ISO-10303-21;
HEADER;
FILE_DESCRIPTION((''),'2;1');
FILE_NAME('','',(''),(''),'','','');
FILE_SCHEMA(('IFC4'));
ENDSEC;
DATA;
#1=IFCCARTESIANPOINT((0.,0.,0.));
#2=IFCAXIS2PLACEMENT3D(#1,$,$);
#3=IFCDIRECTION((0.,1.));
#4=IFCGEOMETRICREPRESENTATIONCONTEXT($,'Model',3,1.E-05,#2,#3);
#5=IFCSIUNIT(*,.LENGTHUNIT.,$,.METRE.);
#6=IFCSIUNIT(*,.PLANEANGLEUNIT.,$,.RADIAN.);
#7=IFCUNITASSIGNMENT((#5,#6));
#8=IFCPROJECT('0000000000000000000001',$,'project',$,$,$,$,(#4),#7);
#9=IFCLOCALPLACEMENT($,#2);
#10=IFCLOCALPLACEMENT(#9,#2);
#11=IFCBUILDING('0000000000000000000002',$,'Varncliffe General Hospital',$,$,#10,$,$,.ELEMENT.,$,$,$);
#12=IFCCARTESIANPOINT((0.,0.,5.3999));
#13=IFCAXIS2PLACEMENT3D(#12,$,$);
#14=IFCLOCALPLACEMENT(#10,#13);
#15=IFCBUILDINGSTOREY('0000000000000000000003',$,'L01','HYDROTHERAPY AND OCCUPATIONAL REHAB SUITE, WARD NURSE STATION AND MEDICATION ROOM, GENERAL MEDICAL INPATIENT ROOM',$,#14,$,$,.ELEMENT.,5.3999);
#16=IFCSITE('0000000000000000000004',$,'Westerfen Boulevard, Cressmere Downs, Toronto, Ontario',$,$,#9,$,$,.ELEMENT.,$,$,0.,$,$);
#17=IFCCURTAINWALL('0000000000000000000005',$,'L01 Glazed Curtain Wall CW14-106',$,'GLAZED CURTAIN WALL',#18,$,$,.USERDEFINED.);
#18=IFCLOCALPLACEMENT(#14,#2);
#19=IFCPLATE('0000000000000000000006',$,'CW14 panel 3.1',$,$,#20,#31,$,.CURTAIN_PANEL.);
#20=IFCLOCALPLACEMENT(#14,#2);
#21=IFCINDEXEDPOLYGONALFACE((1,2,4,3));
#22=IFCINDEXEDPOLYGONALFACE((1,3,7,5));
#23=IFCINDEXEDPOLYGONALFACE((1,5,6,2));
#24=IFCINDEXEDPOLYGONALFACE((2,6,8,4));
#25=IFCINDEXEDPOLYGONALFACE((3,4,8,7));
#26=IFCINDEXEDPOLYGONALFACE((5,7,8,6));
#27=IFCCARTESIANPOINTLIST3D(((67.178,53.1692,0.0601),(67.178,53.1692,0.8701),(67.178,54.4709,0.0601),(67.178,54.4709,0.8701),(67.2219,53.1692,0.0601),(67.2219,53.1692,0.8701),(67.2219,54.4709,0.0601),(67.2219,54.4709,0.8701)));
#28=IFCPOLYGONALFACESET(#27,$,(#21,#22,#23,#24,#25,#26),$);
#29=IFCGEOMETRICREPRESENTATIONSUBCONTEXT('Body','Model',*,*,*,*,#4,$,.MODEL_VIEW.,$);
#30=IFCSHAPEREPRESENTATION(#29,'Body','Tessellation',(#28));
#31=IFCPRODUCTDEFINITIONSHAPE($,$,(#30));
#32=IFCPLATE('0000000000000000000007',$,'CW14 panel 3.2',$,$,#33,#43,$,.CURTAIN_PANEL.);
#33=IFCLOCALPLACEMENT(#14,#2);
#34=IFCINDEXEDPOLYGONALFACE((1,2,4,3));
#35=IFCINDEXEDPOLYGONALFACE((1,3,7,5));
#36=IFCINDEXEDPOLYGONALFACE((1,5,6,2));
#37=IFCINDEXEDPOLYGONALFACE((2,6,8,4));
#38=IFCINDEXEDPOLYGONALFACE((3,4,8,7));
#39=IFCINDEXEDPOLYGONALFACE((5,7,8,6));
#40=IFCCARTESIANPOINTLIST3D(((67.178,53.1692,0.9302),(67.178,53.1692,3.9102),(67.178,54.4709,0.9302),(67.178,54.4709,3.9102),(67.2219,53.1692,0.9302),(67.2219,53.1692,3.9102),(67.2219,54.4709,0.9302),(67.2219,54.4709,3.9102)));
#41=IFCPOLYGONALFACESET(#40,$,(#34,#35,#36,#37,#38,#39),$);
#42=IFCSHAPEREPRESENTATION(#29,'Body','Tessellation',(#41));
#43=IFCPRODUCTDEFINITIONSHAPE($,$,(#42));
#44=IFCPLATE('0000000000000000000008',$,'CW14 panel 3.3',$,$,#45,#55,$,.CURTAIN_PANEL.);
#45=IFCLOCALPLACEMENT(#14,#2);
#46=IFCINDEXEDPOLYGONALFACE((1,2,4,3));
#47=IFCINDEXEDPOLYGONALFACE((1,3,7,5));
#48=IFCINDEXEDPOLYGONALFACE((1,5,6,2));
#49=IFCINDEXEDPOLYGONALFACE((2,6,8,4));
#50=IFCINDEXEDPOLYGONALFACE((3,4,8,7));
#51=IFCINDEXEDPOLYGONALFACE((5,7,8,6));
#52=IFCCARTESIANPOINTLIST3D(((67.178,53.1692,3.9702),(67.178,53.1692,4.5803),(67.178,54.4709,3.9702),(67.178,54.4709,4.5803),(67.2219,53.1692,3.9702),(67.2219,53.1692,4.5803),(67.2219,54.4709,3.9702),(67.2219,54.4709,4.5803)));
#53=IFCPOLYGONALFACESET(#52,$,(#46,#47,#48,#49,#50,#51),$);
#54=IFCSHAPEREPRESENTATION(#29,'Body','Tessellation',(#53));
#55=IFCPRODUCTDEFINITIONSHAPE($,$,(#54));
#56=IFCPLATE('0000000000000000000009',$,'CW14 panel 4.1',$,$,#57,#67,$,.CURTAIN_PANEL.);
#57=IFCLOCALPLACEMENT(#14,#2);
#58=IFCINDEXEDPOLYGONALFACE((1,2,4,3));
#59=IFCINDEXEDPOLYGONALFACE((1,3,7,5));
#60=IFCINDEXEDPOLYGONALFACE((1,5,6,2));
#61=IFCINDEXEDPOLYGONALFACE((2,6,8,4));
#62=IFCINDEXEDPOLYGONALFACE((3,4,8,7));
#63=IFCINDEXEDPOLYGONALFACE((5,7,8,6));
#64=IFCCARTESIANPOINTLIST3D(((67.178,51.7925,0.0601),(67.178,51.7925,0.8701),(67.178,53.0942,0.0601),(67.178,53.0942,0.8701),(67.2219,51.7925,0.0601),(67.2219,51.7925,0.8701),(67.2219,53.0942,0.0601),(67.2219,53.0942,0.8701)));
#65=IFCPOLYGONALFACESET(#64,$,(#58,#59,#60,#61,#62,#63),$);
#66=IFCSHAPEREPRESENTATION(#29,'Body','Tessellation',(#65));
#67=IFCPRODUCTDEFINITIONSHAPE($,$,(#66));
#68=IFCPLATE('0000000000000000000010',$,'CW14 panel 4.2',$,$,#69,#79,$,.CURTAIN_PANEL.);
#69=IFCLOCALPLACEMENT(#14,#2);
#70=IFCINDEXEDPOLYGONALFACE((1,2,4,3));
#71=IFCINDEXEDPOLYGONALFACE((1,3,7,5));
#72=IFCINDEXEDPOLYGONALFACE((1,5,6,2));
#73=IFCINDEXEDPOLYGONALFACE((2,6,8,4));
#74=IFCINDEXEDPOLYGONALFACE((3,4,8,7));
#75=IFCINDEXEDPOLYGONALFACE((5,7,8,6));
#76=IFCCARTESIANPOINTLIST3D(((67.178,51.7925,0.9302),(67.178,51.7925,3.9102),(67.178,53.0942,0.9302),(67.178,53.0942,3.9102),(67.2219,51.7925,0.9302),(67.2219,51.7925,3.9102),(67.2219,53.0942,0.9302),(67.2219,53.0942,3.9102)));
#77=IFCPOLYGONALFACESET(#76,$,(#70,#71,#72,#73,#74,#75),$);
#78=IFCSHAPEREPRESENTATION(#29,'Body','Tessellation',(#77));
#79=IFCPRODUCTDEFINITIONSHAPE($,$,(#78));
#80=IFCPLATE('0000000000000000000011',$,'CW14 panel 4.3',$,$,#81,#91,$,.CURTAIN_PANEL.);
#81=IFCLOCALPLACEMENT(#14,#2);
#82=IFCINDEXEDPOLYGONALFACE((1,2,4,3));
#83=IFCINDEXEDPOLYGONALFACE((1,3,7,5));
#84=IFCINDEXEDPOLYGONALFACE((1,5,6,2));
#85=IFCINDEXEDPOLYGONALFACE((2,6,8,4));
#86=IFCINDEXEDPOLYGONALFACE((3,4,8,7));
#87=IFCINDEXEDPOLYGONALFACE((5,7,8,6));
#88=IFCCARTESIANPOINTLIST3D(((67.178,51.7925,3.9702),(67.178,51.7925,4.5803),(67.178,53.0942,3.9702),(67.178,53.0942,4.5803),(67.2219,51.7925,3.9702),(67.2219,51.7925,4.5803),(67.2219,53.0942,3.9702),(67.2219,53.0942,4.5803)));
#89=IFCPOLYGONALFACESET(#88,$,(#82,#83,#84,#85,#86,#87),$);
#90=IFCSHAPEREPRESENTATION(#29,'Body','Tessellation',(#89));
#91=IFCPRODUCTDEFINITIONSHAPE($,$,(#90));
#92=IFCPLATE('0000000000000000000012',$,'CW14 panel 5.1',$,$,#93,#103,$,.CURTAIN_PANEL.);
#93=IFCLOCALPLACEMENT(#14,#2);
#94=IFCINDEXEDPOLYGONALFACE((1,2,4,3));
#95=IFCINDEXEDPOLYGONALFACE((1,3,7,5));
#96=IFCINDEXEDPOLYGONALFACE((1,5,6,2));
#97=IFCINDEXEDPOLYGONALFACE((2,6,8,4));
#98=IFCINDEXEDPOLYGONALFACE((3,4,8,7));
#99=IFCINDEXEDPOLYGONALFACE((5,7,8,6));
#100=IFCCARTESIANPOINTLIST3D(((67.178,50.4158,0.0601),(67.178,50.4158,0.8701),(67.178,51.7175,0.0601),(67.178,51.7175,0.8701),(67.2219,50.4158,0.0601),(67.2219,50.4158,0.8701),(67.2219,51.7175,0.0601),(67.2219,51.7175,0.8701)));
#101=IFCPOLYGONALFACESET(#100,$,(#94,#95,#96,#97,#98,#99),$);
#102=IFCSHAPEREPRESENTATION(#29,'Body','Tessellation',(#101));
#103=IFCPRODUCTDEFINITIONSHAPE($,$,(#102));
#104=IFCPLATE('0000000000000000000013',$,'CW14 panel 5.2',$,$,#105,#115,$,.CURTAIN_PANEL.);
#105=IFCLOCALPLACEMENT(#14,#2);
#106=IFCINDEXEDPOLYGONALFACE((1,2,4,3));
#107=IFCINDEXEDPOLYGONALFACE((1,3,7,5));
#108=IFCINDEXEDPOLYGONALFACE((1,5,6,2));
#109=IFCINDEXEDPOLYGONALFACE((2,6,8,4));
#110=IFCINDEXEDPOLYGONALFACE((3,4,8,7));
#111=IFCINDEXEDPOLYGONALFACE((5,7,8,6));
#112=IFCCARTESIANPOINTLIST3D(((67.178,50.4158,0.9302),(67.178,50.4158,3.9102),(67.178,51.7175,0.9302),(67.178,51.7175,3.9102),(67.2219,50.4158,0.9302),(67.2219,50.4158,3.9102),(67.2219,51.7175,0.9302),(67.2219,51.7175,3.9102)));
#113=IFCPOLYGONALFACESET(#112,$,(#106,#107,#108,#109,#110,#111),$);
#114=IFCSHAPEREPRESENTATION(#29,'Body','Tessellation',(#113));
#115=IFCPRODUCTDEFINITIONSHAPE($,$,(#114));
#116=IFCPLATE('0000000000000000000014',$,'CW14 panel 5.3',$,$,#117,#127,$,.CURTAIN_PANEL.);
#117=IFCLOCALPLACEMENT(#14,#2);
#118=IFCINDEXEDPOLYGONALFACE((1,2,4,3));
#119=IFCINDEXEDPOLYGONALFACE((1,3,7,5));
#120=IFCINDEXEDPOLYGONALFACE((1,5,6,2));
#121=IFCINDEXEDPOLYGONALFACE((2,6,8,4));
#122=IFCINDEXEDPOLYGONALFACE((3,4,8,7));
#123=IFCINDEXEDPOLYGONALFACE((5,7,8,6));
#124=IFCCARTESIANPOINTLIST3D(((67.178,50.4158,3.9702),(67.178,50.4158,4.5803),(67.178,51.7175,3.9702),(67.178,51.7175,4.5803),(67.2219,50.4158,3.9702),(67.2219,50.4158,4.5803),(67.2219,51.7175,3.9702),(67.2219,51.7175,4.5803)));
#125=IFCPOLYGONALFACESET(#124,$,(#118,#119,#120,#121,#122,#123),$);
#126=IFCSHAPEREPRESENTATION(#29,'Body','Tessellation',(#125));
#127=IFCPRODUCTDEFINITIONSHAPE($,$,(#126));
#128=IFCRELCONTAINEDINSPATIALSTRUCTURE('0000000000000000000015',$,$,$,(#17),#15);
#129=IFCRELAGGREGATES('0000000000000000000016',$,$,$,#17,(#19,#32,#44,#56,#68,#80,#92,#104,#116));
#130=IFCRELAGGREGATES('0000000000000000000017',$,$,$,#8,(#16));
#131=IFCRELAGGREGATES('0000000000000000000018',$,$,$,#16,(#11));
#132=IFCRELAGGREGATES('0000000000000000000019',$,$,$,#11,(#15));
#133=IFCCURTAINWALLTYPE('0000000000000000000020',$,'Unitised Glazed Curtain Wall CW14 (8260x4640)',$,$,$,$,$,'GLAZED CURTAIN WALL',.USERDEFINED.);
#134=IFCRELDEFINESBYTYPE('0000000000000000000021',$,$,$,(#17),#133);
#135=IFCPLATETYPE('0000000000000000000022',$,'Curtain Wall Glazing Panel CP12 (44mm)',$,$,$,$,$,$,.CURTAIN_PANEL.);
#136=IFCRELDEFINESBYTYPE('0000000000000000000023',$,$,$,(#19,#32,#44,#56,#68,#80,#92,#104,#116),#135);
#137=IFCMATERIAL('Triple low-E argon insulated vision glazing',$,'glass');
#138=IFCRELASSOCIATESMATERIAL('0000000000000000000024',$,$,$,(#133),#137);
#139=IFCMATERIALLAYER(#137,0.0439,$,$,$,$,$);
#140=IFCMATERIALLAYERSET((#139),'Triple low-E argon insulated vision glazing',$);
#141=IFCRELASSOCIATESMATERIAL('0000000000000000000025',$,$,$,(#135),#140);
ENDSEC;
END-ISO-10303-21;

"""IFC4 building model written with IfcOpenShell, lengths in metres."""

from ifc_helpers import new_model, si_unit, direction, frame, origin, origin_2d, place, context, subcontext, project, spatial, rectangle, extrude, material, layer, layer_set, type_object, element, aggregate, save


model = new_model("IFC4")

# Units and contexts
model_context = context("Model", 3, precision=1e-05, world=origin(), true_north=direction((0.0, 1.0)))
body_context = subcontext(model_context, "Body", "Model", "MODEL_VIEW")
ifc_project = project(units=[si_unit("LENGTHUNIT", "METRE"), si_unit("PLANEANGLEUNIT", "RADIAN")], contexts=[model_context])

# Site, building, storey
site_placement = place(None, origin())
site = spatial("IfcSite", under=ifc_project, at=site_placement, Name="Westerfen Boulevard, Cressmere Downs, Toronto, Ontario", CompositionType="ELEMENT", RefElevation=0.0)
building_placement = place(site_placement, origin())
building = spatial("IfcBuilding", under=site, at=building_placement, Name="Varncliffe General Hospital", CompositionType="ELEMENT")
storey_placement = place(building_placement, frame((0.0, 0.0, 5.3999)))
storey = spatial("IfcBuildingStorey", under=building, at=storey_placement, Name="L01", Description="HYDROTHERAPY AND OCCUPATIONAL REHAB SUITE, WARD NURSE STATION AND MEDICATION ROOM, GENERAL MEDICAL INPATIENT ROOM", CompositionType="ELEMENT", Elevation=5.3999)

# Curtain wall, plates
ifc_material_1 = material(Name="Triple low-E argon insulated vision glazing", Category="glass")
curtain_wall_type = type_object("IfcCurtainWallType", Name="Unitised Glazed Curtain Wall CW14 (8260x4640)", ElementType="GLAZED CURTAIN WALL", PredefinedType="USERDEFINED", material=ifc_material_1)
curtain_wall_placement = place(storey_placement, origin())
curtain_wall = element("IfcCurtainWall", 1, at=curtain_wall_placement, inside=storey, type_object=curtain_wall_type, Name="L01 Glazed Curtain Wall CW14-106", ObjectType="GLAZED CURTAIN WALL", PredefinedType="USERDEFINED")
ifc_layer = layer(ifc_material_1, 0.0439)
ifc_layer_set = layer_set([ifc_layer], Name="Triple low-E argon insulated vision glazing")
plate_type = type_object("IfcPlateType", Name="Curtain Wall Glazing Panel CP12 (44mm)", PredefinedType="CURTAIN_PANEL", material=ifc_layer_set)
plate_1_placement = place(storey_placement, frame((67.2, 53.8201, 0.0601), z_axis=(0.0, 0.0, 1.0), x_axis=(0.0, -1.0, 0.0)))
plate_1 = element("IfcPlate", 2, at=plate_1_placement, type_object=plate_type, Name="CW14 panel 3.1", PredefinedType="CURTAIN_PANEL", context=body_context, shape_type="SweptSolid", body=[
    extrude(rectangle(XDim=1.3018, YDim=0.0439, at=origin_2d()), origin(), (0.0, 0.0, 1.0), 0.8101),
])
plate_2_placement = place(storey_placement, frame((67.2, 53.8201, 0.9302), z_axis=(0.0, 0.0, 1.0), x_axis=(0.0, -1.0, 0.0)))
plate_2 = element("IfcPlate", 3, at=plate_2_placement, type_object=plate_type, Name="CW14 panel 3.2", PredefinedType="CURTAIN_PANEL", context=body_context, shape_type="SweptSolid", body=[
    extrude(rectangle(XDim=1.3018, YDim=0.0439, at=origin_2d()), origin(), (0.0, 0.0, 1.0), 2.98),
])
plate_3_placement = place(storey_placement, frame((67.2, 53.8201, 3.9702), z_axis=(0.0, 0.0, 1.0), x_axis=(0.0, -1.0, 0.0)))
plate_3 = element("IfcPlate", 4, at=plate_3_placement, type_object=plate_type, Name="CW14 panel 3.3", PredefinedType="CURTAIN_PANEL", context=body_context, shape_type="SweptSolid", body=[
    extrude(rectangle(XDim=1.3018, YDim=0.0439, at=origin_2d()), origin(), (0.0, 0.0, 1.0), 0.6101),
])
plate_4_placement = place(storey_placement, frame((67.2, 52.4434, 0.0601), z_axis=(0.0, 0.0, 1.0), x_axis=(0.0, -1.0, 0.0)))
plate_4 = element("IfcPlate", 5, at=plate_4_placement, type_object=plate_type, Name="CW14 panel 4.1", PredefinedType="CURTAIN_PANEL", context=body_context, shape_type="SweptSolid", body=[
    extrude(rectangle(XDim=1.3018, YDim=0.0439, at=origin_2d()), origin(), (0.0, 0.0, 1.0), 0.8101),
])
plate_5_placement = place(storey_placement, frame((67.2, 52.4434, 0.9302), z_axis=(0.0, 0.0, 1.0), x_axis=(0.0, -1.0, 0.0)))
plate_5 = element("IfcPlate", 6, at=plate_5_placement, type_object=plate_type, Name="CW14 panel 4.2", PredefinedType="CURTAIN_PANEL", context=body_context, shape_type="SweptSolid", body=[
    extrude(rectangle(XDim=1.3018, YDim=0.0439, at=origin_2d()), origin(), (0.0, 0.0, 1.0), 2.98),
])
plate_6_placement = place(storey_placement, frame((67.2, 52.4434, 3.9702), z_axis=(0.0, 0.0, 1.0), x_axis=(0.0, -1.0, 0.0)))
plate_6 = element("IfcPlate", 7, at=plate_6_placement, type_object=plate_type, Name="CW14 panel 4.3", PredefinedType="CURTAIN_PANEL", context=body_context, shape_type="SweptSolid", body=[
    extrude(rectangle(XDim=1.3018, YDim=0.0439, at=origin_2d()), origin(), (0.0, 0.0, 1.0), 0.6101),
])
plate_7_placement = place(storey_placement, frame((67.2, 51.0667, 0.0601), z_axis=(0.0, 0.0, 1.0), x_axis=(0.0, -1.0, 0.0)))
plate_7 = element("IfcPlate", 8, at=plate_7_placement, type_object=plate_type, Name="CW14 panel 5.1", PredefinedType="CURTAIN_PANEL", context=body_context, shape_type="SweptSolid", body=[
    extrude(rectangle(XDim=1.3018, YDim=0.0439, at=origin_2d()), origin(), (0.0, 0.0, 1.0), 0.8101),
])
plate_8_placement = place(storey_placement, frame((67.2, 51.0667, 0.9302), z_axis=(0.0, 0.0, 1.0), x_axis=(0.0, -1.0, 0.0)))
plate_8 = element("IfcPlate", 9, at=plate_8_placement, type_object=plate_type, Name="CW14 panel 5.2", PredefinedType="CURTAIN_PANEL", context=body_context, shape_type="SweptSolid", body=[
    extrude(rectangle(XDim=1.3018, YDim=0.0439, at=origin_2d()), origin(), (0.0, 0.0, 1.0), 2.98),
])
plate_9_placement = place(storey_placement, frame((67.2, 51.0667, 3.9702), z_axis=(0.0, 0.0, 1.0), x_axis=(0.0, -1.0, 0.0)))
plate_9 = element("IfcPlate", 10, at=plate_9_placement, type_object=plate_type, Name="CW14 panel 5.3", PredefinedType="CURTAIN_PANEL", context=body_context, shape_type="SweptSolid", body=[
    extrude(rectangle(XDim=1.3018, YDim=0.0439, at=origin_2d()), origin(), (0.0, 0.0, 1.0), 0.6101),
])
aggregate(curtain_wall, [plate_1, plate_2, plate_3, plate_4, plate_5, plate_6, plate_7, plate_8, plate_9])

save(model, "model.ifc")
